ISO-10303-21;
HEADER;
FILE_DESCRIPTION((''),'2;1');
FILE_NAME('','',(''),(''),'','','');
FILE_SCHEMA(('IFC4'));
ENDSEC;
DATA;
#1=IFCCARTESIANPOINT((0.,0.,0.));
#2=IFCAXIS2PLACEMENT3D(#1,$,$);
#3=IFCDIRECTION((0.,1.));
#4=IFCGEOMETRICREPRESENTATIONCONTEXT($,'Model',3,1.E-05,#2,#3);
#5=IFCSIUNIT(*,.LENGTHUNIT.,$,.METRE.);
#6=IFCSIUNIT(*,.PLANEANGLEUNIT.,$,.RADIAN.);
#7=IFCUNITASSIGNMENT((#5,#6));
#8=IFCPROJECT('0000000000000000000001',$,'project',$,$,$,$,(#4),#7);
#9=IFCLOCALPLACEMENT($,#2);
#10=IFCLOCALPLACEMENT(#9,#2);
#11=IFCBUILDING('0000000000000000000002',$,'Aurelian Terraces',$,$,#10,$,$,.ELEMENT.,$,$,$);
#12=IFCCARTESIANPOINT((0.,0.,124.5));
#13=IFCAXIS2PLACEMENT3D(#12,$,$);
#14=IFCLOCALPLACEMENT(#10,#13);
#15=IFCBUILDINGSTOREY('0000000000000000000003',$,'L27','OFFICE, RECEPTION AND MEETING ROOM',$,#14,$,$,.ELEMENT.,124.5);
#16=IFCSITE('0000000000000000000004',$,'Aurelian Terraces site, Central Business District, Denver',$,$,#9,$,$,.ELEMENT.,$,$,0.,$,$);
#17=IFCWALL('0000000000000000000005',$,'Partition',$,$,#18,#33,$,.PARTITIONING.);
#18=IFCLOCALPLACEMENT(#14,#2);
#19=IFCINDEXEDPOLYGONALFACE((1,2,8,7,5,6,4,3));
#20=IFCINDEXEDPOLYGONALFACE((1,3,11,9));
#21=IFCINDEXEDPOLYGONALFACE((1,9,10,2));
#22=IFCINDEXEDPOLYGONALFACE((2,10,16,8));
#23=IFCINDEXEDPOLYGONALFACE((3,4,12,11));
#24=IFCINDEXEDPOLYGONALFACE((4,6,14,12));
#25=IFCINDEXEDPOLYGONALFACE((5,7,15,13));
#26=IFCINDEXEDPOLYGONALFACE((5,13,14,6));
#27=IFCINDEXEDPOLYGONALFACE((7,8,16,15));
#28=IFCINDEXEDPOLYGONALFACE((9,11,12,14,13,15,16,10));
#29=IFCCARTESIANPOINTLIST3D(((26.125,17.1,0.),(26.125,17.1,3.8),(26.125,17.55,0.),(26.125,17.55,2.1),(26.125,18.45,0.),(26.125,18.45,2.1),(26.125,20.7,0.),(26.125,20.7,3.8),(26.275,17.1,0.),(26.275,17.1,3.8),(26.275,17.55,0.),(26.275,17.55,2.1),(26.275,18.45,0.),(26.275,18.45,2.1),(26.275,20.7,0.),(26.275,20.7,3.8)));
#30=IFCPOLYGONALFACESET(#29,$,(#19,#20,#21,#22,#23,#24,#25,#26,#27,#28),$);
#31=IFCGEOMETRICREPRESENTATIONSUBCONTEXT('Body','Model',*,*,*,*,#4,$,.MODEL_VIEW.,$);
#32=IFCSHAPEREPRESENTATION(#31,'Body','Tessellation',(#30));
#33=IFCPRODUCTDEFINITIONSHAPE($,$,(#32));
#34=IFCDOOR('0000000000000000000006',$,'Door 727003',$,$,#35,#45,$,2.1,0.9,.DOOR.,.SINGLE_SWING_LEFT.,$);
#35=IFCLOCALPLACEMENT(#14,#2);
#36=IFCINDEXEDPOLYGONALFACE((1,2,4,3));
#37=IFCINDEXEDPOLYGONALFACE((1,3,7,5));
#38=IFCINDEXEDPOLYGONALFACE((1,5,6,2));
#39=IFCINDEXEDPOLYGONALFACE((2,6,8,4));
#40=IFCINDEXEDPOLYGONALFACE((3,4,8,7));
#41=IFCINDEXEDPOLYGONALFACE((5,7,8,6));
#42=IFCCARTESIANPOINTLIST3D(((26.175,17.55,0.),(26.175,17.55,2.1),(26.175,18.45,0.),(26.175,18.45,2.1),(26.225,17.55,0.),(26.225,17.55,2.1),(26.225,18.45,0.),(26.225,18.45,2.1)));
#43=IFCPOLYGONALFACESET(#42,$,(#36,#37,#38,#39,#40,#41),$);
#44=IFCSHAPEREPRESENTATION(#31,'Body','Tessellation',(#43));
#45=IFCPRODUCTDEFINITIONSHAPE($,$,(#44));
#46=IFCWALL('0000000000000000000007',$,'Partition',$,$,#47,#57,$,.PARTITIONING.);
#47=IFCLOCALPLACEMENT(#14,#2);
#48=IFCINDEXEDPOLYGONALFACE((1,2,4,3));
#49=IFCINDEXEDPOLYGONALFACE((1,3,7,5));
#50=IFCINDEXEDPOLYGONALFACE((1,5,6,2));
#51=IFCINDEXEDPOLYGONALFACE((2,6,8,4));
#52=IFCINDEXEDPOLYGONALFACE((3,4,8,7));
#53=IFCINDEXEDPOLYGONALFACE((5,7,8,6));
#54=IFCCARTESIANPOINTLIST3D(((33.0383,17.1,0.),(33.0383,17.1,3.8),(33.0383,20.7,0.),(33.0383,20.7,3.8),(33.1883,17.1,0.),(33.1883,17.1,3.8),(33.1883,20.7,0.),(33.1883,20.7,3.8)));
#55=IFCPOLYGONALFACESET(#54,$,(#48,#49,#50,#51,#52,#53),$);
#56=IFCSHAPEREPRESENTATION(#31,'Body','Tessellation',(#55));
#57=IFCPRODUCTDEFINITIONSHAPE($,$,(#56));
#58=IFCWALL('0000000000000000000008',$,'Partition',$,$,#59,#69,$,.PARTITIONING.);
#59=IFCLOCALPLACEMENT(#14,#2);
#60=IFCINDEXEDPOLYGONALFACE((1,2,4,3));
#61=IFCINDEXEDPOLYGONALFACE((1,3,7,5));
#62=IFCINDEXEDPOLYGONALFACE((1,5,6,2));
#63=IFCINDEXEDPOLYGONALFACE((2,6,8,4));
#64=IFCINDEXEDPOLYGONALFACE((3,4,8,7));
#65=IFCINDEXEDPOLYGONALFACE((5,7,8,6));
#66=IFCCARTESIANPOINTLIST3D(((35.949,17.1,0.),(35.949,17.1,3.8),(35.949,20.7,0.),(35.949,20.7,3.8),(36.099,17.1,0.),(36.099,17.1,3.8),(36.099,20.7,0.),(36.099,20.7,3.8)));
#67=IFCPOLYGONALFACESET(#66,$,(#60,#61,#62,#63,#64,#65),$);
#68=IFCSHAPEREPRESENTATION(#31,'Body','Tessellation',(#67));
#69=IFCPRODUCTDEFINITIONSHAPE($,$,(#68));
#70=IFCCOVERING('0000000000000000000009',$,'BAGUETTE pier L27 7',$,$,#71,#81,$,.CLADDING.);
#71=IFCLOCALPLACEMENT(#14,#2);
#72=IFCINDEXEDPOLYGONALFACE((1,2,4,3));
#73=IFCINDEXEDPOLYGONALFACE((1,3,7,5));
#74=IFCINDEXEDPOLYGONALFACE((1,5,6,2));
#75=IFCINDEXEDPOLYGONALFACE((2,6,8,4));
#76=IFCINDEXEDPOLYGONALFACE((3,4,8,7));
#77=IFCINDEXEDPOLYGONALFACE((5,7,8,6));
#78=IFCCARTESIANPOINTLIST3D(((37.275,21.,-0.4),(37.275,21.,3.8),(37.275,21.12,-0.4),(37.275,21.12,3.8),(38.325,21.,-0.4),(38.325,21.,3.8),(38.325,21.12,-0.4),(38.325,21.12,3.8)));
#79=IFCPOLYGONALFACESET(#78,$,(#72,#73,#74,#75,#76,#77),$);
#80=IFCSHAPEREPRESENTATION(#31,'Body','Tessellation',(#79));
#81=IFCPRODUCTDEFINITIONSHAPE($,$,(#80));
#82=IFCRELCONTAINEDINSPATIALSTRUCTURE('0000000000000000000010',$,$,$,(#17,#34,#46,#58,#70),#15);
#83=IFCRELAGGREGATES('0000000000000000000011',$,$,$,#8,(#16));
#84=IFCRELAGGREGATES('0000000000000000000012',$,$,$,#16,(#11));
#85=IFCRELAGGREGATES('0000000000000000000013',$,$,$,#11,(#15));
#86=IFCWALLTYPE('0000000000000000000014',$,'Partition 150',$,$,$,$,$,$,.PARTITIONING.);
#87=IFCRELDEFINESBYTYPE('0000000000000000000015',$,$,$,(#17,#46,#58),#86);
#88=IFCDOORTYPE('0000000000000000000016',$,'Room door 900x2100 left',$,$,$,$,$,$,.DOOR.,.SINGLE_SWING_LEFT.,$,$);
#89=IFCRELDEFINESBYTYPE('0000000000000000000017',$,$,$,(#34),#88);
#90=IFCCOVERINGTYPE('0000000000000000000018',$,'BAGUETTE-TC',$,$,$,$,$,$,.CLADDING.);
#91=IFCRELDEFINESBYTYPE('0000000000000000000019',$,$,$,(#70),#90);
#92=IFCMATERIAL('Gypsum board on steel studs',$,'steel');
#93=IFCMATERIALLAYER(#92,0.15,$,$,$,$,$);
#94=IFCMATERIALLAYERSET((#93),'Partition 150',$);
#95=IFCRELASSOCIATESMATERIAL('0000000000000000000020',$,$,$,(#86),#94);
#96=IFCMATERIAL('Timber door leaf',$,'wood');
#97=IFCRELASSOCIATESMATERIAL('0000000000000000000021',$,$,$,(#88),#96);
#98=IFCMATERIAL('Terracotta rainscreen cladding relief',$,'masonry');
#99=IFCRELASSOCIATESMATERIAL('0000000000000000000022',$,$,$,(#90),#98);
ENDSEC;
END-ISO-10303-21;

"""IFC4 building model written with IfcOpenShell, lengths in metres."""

from ifc_helpers import new_model, si_unit, direction, frame, frame_2d, origin, origin_2d, place, context, subcontext, project, spatial, rectangle, extrude, source, transform, mapped, material, layer, layer_set, type_object, element, fill, save


model = new_model("IFC4")

# Units and contexts
model_context = context("Model", 3, precision=1e-05, world=origin(), true_north=direction((0.0, 1.0)))
body_context = subcontext(model_context, "Body", "Model", "MODEL_VIEW")
ifc_project = project(units=[si_unit("LENGTHUNIT", "METRE"), si_unit("PLANEANGLEUNIT", "RADIAN")], contexts=[model_context])

# Site, building, storey
site_placement = place(None, origin())
site = spatial("IfcSite", under=ifc_project, at=site_placement, Name="Aurelian Terraces site, Central Business District, Denver", CompositionType="ELEMENT", RefElevation=0.0)
building_placement = place(site_placement, origin())
building = spatial("IfcBuilding", under=site, at=building_placement, Name="Aurelian Terraces", CompositionType="ELEMENT")
storey_placement = place(building_placement, frame((0.0, 0.0, 124.5)))
storey = spatial("IfcBuildingStorey", under=building, at=storey_placement, Name="L27", Description="OFFICE, RECEPTION AND MEETING ROOM", CompositionType="ELEMENT", Elevation=124.5)

# Wall, opening, door
ifc_material_1 = material(Name="Gypsum board on steel studs", Category="steel")
ifc_layer_1 = layer(ifc_material_1, 0.15)
ifc_layer_set_1 = layer_set([ifc_layer_1], Name="Partition 150")
wall_type_1 = type_object("IfcWallType", Name="Partition 150", PredefinedType="PARTITIONING", material=ifc_layer_set_1)
shared_shape_1 = source(origin(), body_context, "Body", "SweptSolid", [
    extrude(rectangle(XDim=3.6, YDim=0.15, at=frame_2d((1.8, 0.0))), origin(), (0.0, 0.0, 1.0), 3.8),
])
wall_1_placement = place(storey_placement, frame((26.2, 20.7, 0.0), z_axis=(0.0, 0.0, 1.0), x_axis=(0.0, -1.0, 0.0)))
wall_1 = element("IfcWall", 1, at=wall_1_placement, inside=storey, type_object=wall_type_1, Name="Partition", PredefinedType="PARTITIONING", context=body_context, shape_type="MappedRepresentation", body=[
    mapped(shared_shape_1, transform((0.0, 0.0, 0.0), scale=1.0)),
])
shared_shape_2 = source(origin(), body_context, "Body", "SweptSolid", [
    extrude(rectangle(XDim=0.9, YDim=2.1, at=frame_2d((0.45, 1.05))), frame((0.0, 0.085, 0.0), z_axis=(0.0, -1.0, 0.0), x_axis=(1.0, 0.0, 0.0)), (0.0, 0.0, 1.0), 0.17),
])
opening_1_placement = place(wall_1_placement, frame((2.25, 0.0, 0.0)))
opening_1 = element("IfcOpeningElement", 2, at=opening_1_placement, cuts=wall_1, PredefinedType="OPENING", context=body_context, shape_type="MappedRepresentation", body=[
    mapped(shared_shape_2, transform((0.0, 0.0, 0.0), scale=1.0)),
])
ifc_material_2 = material(Name="Timber door leaf", Category="wood")
door_type = type_object("IfcDoorType", Name="Room door 900x2100 left", OperationType="SINGLE_SWING_LEFT", PredefinedType="DOOR", material=ifc_material_2)
shared_shape_3 = source(origin(), body_context, "Body", "SweptSolid", [
    extrude(rectangle(XDim=0.9, YDim=2.1, at=frame_2d((0.45, 1.05))), frame((0.0, 0.025, 0.0), z_axis=(0.0, -1.0, 0.0), x_axis=(1.0, 0.0, 0.0)), (0.0, 0.0, 1.0), 0.05),
])
door_placement = place(opening_1_placement, origin())
door = element("IfcDoor", 3, at=door_placement, inside=storey, type_object=door_type, Name="Door 727003", OperationType="SINGLE_SWING_LEFT", OverallHeight=2.1, OverallWidth=0.9, PredefinedType="DOOR", context=body_context, shape_type="MappedRepresentation", body=[
    mapped(shared_shape_3, transform((0.0, 0.0, 0.0), scale=1.0)),
])
fill(opening_1, door)

# Walls
for number, where, z_axis, x_axis, name in (
    (4, (33.1133, 20.7, 0.0), (0.0, 0.0, 1.0), (0.0, -1.0, 0.0), "Partition"),
    (5, (36.024, 20.7, 0.0), (0.0, 0.0, 1.0), (0.0, -1.0, 0.0), "Partition"),
):
    element("IfcWall", number, at=place(storey_placement, frame(where, z_axis=z_axis, x_axis=x_axis)), inside=storey, type_object=wall_type_1, Name=name, PredefinedType="PARTITIONING", context=body_context, shape_type="MappedRepresentation", body=[
        mapped(shared_shape_1, transform((0.0, 0.0, 0.0), scale=1.0)),
    ])

# Covering
ifc_material_3 = material(Name="Terracotta rainscreen cladding relief", Category="masonry")
covering_type = type_object("IfcCoveringType", Name="BAGUETTE-TC", PredefinedType="CLADDING", material=ifc_material_3)
shared_shape_4 = source(origin(), body_context, "Body", "SweptSolid", [
    extrude(rectangle(XDim=1.05, YDim=0.12, at=origin_2d()), origin(), (0.0, 0.0, 1.0), 4.2),
])
covering_placement = place(storey_placement, frame((37.8, 21.06, -0.4), z_axis=(0.0, 0.0, 1.0), x_axis=(1.0, 0.0, 0.0)))
element("IfcCovering", 6, at=covering_placement, inside=storey, type_object=covering_type, Name="BAGUETTE pier L27 7", PredefinedType="CLADDING", context=body_context, shape_type="MappedRepresentation", body=[
    mapped(shared_shape_4, transform((0.0, 0.0, 0.0), scale=1.0)),
])

save(model, "model.ifc")
